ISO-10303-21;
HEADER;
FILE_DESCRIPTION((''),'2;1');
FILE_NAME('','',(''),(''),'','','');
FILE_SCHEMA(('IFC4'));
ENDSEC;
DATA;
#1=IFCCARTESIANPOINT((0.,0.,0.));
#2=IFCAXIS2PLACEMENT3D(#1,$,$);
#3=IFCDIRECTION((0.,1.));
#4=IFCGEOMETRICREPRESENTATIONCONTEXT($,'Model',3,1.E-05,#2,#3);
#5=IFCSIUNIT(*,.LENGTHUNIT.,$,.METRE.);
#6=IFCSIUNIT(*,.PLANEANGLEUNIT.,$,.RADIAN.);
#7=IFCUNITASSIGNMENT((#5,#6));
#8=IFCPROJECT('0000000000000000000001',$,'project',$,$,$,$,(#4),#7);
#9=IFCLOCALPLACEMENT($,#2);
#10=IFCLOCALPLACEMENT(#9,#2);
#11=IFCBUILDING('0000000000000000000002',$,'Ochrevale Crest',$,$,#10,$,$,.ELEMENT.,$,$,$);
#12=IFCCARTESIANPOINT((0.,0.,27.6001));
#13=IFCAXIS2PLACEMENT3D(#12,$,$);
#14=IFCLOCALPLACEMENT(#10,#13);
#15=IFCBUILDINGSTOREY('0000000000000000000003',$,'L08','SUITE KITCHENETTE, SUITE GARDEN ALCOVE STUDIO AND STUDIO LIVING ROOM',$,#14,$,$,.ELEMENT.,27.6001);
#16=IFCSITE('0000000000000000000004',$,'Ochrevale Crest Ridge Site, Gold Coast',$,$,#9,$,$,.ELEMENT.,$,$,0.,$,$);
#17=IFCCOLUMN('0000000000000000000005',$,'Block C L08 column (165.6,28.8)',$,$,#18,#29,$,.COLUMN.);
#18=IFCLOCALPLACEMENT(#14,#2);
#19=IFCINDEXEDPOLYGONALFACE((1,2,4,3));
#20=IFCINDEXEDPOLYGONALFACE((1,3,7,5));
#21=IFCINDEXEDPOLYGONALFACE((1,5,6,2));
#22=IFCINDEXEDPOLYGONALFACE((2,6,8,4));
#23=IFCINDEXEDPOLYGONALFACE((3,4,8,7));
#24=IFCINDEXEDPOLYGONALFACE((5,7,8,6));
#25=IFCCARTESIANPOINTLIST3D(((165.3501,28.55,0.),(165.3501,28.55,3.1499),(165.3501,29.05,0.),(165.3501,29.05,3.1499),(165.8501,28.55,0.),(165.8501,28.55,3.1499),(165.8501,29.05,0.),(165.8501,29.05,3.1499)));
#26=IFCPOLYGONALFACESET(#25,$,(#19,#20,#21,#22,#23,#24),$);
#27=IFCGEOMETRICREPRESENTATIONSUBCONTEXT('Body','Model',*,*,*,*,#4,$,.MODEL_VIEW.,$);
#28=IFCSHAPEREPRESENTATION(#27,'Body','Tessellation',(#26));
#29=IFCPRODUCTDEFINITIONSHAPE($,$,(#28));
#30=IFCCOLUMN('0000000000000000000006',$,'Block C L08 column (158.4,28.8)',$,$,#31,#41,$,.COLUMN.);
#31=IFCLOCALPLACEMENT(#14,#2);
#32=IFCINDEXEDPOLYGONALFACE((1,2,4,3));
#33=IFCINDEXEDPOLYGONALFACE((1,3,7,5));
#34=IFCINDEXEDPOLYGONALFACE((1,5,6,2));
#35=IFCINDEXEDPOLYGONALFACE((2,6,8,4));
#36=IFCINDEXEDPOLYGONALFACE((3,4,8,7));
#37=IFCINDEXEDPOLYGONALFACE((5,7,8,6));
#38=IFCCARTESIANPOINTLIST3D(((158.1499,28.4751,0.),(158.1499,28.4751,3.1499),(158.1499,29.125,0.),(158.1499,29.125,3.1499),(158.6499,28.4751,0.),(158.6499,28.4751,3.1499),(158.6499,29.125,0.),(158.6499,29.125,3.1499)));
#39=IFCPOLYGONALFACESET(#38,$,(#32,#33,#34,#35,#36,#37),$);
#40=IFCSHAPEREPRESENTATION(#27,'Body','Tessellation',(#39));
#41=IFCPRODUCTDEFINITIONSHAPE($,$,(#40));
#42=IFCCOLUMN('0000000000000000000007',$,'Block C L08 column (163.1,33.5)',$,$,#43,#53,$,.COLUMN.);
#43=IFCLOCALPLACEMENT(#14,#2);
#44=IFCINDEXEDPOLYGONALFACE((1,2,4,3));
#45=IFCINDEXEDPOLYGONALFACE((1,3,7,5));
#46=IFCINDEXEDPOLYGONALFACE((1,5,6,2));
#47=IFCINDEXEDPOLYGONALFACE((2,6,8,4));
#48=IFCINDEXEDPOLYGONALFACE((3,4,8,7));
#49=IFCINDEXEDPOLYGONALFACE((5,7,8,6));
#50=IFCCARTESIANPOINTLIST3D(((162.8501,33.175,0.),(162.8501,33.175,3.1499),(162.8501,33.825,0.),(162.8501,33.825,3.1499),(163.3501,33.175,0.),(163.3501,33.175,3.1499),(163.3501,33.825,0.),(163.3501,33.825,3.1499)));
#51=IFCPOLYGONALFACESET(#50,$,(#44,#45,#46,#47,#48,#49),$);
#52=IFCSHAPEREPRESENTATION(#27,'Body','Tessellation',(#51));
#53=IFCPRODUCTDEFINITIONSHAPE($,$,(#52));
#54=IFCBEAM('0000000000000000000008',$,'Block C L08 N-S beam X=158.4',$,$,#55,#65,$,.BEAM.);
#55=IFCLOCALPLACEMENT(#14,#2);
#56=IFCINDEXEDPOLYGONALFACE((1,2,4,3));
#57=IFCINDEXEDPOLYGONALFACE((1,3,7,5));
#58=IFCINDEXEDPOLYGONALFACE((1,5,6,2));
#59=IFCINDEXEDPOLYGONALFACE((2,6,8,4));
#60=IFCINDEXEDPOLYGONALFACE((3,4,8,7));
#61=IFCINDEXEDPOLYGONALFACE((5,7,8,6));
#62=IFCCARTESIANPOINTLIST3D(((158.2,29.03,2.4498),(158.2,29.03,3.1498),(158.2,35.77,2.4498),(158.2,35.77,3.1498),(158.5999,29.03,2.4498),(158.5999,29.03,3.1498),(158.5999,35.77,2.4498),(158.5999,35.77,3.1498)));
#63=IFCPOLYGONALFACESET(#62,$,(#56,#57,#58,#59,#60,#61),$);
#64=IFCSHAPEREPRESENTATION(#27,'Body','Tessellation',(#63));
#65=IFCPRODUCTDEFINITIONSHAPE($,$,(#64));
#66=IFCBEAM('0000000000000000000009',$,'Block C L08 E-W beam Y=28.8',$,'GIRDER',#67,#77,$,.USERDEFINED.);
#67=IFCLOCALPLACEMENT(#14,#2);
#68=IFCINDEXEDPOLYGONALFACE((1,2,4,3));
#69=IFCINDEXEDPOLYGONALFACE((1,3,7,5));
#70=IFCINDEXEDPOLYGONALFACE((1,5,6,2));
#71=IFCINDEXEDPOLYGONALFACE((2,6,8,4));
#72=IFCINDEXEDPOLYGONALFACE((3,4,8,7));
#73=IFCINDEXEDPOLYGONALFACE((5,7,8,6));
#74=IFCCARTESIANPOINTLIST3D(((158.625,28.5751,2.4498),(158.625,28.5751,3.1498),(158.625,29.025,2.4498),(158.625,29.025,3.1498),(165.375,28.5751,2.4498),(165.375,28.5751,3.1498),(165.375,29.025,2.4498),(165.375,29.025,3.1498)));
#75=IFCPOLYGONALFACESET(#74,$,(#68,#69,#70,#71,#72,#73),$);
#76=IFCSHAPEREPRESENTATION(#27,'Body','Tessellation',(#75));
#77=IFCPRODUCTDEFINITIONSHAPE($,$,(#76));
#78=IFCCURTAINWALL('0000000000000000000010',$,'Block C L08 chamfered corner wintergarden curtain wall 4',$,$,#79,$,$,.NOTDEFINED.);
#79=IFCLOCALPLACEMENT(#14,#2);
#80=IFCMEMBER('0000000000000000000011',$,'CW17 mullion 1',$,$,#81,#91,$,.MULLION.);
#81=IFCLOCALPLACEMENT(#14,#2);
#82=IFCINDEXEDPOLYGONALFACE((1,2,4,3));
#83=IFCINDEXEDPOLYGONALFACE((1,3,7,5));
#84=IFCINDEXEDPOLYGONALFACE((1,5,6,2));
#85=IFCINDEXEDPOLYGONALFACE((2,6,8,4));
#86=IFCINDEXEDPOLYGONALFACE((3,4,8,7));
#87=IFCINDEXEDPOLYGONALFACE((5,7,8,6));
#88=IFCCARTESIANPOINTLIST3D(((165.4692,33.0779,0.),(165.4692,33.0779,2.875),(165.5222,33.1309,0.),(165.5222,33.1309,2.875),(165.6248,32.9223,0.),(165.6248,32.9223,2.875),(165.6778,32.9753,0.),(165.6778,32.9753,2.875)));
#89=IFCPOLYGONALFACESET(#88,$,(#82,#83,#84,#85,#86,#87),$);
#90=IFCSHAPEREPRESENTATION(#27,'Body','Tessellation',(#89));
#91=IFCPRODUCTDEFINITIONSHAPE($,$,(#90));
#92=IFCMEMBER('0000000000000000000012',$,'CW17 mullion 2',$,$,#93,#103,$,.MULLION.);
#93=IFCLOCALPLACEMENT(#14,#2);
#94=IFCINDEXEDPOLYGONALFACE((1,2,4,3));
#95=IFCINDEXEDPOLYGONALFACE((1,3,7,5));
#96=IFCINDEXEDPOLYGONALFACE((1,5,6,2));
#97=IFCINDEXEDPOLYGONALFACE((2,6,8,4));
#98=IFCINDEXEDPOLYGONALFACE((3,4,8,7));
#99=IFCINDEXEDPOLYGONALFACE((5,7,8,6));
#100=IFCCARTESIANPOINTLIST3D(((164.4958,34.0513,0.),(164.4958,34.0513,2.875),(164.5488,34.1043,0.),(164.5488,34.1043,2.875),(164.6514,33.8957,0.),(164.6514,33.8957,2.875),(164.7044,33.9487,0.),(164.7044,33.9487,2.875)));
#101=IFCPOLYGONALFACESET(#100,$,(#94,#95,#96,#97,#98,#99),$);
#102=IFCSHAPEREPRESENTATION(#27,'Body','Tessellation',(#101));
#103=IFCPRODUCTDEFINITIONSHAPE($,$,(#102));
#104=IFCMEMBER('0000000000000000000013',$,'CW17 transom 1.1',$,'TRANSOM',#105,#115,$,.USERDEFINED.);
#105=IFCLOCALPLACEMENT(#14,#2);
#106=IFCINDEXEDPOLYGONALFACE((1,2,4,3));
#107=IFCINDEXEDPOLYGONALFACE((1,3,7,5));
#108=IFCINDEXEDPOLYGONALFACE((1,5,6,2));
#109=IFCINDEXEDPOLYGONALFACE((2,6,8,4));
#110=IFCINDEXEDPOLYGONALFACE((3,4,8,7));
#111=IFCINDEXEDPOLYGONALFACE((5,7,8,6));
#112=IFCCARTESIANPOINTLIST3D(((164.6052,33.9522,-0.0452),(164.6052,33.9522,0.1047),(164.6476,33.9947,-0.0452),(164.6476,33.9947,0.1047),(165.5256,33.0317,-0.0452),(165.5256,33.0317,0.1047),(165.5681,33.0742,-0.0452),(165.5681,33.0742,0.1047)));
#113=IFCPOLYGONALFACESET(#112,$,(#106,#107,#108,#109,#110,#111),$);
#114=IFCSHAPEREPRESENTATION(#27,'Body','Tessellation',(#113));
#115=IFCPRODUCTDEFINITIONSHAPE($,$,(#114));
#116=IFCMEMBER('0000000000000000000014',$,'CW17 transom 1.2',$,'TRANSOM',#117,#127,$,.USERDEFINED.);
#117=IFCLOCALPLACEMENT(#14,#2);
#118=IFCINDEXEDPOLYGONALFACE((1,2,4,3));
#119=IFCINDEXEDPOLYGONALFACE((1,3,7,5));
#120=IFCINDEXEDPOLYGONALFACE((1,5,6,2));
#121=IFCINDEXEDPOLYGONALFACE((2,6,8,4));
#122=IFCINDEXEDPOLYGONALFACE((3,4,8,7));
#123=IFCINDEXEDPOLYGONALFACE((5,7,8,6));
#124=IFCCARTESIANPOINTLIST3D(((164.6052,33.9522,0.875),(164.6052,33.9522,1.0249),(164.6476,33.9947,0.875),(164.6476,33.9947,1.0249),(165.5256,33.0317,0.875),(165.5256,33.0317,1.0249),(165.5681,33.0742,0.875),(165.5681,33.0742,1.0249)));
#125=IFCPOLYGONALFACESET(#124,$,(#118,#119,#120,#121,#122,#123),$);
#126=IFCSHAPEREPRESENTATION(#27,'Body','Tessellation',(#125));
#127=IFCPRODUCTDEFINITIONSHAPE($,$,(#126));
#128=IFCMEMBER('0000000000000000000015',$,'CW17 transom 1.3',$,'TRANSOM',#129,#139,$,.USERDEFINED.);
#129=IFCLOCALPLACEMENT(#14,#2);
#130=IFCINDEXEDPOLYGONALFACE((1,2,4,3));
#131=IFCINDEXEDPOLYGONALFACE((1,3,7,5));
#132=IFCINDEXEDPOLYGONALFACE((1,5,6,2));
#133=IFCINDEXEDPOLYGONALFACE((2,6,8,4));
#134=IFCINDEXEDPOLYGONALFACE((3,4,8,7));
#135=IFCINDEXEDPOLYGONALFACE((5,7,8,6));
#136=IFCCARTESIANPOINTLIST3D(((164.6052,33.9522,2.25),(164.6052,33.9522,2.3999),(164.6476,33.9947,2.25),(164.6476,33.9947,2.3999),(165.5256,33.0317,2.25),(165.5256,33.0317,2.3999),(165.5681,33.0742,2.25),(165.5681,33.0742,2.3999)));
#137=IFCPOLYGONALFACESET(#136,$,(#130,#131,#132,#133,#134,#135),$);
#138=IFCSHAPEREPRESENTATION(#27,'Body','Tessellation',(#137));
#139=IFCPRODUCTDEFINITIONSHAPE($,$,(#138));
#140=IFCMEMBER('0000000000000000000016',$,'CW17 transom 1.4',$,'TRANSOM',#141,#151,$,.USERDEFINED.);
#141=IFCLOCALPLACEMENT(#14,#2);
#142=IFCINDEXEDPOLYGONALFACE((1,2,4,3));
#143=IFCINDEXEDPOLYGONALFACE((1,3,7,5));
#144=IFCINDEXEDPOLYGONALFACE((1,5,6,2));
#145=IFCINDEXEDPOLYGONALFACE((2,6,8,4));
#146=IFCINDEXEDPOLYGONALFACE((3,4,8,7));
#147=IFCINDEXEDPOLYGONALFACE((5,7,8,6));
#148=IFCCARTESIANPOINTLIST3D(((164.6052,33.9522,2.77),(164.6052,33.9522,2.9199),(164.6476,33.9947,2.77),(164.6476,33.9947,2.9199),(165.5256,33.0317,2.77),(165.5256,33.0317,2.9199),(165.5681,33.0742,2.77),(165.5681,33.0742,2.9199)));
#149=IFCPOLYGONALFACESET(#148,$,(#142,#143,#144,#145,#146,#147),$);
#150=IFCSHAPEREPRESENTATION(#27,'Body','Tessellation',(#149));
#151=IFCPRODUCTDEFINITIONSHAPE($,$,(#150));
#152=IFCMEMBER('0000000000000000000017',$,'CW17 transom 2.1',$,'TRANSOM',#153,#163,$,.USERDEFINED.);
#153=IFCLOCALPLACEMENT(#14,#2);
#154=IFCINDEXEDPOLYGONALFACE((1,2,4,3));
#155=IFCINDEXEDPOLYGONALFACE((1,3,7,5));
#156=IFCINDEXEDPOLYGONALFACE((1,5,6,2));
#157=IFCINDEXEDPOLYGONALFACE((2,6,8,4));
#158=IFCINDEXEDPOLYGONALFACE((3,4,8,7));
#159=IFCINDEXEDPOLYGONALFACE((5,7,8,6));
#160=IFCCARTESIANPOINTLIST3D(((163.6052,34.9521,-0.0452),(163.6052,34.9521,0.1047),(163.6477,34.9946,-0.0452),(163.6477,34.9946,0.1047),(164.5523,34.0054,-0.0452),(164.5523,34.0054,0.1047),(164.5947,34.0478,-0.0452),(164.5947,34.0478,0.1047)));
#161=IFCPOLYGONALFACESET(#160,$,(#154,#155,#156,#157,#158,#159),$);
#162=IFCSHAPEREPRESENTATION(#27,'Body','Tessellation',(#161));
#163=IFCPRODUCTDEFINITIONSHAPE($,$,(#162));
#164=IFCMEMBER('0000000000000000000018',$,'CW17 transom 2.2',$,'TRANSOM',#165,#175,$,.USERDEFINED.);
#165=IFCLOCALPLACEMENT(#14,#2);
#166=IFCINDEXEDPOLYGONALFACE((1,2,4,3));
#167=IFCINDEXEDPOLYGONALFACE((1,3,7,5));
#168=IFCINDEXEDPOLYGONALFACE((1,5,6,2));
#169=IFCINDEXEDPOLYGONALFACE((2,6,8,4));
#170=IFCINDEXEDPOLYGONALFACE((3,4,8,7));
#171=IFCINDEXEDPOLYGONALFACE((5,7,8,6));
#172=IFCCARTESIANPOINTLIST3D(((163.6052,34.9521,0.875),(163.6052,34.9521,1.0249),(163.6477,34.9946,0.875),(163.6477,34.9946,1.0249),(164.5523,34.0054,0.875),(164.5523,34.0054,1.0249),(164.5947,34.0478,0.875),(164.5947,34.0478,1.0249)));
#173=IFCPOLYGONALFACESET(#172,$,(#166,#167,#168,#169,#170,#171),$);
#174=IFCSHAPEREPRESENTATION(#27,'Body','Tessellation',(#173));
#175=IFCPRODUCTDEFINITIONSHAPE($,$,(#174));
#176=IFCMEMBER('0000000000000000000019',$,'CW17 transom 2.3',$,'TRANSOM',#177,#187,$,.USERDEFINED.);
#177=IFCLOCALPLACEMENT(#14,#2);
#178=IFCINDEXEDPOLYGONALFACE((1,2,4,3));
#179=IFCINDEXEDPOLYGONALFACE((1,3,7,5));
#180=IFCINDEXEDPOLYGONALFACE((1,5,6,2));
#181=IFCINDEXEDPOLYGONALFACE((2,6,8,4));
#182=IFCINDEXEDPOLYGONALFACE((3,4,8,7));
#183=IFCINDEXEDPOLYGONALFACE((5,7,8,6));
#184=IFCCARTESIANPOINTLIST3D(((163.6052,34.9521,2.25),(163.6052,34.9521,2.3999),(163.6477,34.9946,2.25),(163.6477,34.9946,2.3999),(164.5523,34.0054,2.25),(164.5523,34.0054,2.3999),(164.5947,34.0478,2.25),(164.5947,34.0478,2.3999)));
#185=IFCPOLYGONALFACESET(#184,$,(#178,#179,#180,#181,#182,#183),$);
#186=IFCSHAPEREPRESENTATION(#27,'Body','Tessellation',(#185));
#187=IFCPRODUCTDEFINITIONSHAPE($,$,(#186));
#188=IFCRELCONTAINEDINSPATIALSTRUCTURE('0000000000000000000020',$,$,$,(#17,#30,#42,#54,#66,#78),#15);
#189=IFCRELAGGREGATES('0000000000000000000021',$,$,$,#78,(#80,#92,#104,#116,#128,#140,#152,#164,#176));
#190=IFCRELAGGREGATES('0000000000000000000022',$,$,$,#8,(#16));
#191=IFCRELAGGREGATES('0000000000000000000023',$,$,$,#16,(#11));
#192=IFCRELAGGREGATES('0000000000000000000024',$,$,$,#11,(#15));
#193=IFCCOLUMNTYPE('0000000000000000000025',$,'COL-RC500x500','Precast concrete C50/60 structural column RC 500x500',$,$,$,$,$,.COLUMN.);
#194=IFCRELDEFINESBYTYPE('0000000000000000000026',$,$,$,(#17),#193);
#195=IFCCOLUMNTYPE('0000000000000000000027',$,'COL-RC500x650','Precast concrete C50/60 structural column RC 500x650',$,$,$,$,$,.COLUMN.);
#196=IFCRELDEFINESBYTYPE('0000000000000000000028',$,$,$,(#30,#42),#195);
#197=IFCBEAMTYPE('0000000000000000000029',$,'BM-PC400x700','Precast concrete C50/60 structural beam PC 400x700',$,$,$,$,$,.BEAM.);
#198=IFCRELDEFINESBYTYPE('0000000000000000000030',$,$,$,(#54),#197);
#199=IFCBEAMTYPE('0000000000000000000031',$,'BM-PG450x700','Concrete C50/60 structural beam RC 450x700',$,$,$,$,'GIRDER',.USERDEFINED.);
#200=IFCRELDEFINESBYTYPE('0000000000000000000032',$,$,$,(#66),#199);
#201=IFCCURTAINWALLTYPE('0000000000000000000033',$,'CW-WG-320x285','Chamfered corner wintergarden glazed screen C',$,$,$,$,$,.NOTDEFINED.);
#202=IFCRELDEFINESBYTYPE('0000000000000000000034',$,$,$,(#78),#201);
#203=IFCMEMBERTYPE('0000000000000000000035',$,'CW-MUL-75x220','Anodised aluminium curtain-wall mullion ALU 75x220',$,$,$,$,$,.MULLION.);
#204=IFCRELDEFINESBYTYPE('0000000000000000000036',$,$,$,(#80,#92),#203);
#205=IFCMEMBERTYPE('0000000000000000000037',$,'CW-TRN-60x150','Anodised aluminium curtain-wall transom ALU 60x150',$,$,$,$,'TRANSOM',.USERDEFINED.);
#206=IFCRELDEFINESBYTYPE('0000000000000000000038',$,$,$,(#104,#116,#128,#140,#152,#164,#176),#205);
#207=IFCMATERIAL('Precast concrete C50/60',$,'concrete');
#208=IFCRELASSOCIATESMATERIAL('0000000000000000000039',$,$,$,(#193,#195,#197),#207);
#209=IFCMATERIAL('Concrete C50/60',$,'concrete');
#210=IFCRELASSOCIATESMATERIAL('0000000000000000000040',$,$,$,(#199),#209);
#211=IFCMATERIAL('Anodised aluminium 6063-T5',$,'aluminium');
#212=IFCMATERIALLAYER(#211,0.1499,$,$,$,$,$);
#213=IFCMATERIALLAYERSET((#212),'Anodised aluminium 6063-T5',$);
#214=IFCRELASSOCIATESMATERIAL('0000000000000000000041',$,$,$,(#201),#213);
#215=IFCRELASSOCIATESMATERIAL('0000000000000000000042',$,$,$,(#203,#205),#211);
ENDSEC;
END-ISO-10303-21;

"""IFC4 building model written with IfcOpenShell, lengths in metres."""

from ifc_helpers import new_model, si_unit, direction, frame, origin, origin_2d, place, context, subcontext, project, spatial, rectangle, extrude, material, layer, layer_set, material_profile, profile_set, type_object, element, aggregate, save


model = new_model("IFC4")

# Units and contexts
model_context = context("Model", 3, precision=1e-05, world=origin(), true_north=direction((0.0, 1.0)))
body_context = subcontext(model_context, "Body", "Model", "MODEL_VIEW")
ifc_project = project(units=[si_unit("LENGTHUNIT", "METRE"), si_unit("PLANEANGLEUNIT", "RADIAN")], contexts=[model_context])

# Site, building, storey
site_placement = place(None, origin())
site = spatial("IfcSite", under=ifc_project, at=site_placement, Name="Ochrevale Crest Ridge Site, Gold Coast", CompositionType="ELEMENT", RefElevation=0.0)
building_placement = place(site_placement, origin())
building = spatial("IfcBuilding", under=site, at=building_placement, Name="Ochrevale Crest", CompositionType="ELEMENT")
storey_placement = place(building_placement, frame((0.0, 0.0, 27.6001)))
storey = spatial("IfcBuildingStorey", under=building, at=storey_placement, Name="L08", Description="SUITE KITCHENETTE, SUITE GARDEN ALCOVE STUDIO AND STUDIO LIVING ROOM", CompositionType="ELEMENT", Elevation=27.6001)

# Columns
ifc_material_1 = material(Name="Precast concrete C50/60", Category="concrete")
ifc_material_profile_1 = material_profile(ifc_material_1, rectangle(XDim=0.5, YDim=0.5, at=origin_2d()), Name="RC 500x500")
ifc_profile_set_1 = profile_set([ifc_material_profile_1], Name="Precast concrete C50/60")
column_type_1 = type_object("IfcColumnType", Name="COL-RC500x500", Description="Precast concrete C50/60 structural column RC 500x500", PredefinedType="COLUMN", material=ifc_profile_set_1)
column_placement = place(storey_placement, frame((165.6001, 28.8, 0.0), z_axis=(0.0, 0.0, 1.0), x_axis=(1.0, 0.0, 0.0)))
element("IfcColumn", 1, at=column_placement, inside=storey, type_object=column_type_1, Name="Block C L08 column (165.6,28.8)", PredefinedType="COLUMN", context=body_context, shape_type="SweptSolid", body=[
    extrude(rectangle(XDim=0.5, YDim=0.5, at=origin_2d()), origin(), (0.0, 0.0, 1.0), 3.1499),
])
ifc_material_profile_2 = material_profile(ifc_material_1, rectangle(XDim=0.5, YDim=0.6499, at=origin_2d()), Name="RC 500x650")
ifc_profile_set_2 = profile_set([ifc_material_profile_2], Name="Precast concrete C50/60")
column_type_2 = type_object("IfcColumnType", Name="COL-RC500x650", Description="Precast concrete C50/60 structural column RC 500x650", PredefinedType="COLUMN", material=ifc_profile_set_2)
for number, where, z_axis, x_axis, name in (
    (2, (158.3999, 28.8, 0.0), (0.0, 0.0, 1.0), (1.0, 0.0, 0.0), "Block C L08 column (158.4,28.8)"),
    (3, (163.1001, 33.5, 0.0), (0.0, 0.0, 1.0), (1.0, 0.0, 0.0), "Block C L08 column (163.1,33.5)"),
):
    element("IfcColumn", number, at=place(storey_placement, frame(where, z_axis=z_axis, x_axis=x_axis)), inside=storey, type_object=column_type_2, Name=name, PredefinedType="COLUMN", context=body_context, shape_type="SweptSolid", body=[
        extrude(rectangle(XDim=0.5, YDim=0.6499, at=origin_2d()), origin(), (0.0, 0.0, 1.0), 3.1499),
    ])

# Beams
ifc_material_profile_3 = material_profile(ifc_material_1, rectangle(XDim=0.3999, YDim=0.7, at=origin_2d()), Name="PC 400x700")
ifc_profile_set_3 = profile_set([ifc_material_profile_3], Name="Precast concrete C50/60")
beam_type_1 = type_object("IfcBeamType", Name="BM-PC400x700", Description="Precast concrete C50/60 structural beam PC 400x700", PredefinedType="BEAM", material=ifc_profile_set_3)
beam_1_placement = place(storey_placement, frame((158.3999, 29.03, 2.7998), z_axis=(0.0, 1.0, 0.0), x_axis=(-1.0, 0.0, 0.0)))
element("IfcBeam", 4, at=beam_1_placement, inside=storey, type_object=beam_type_1, Name="Block C L08 N-S beam X=158.4", PredefinedType="BEAM", context=body_context, shape_type="SweptSolid", body=[
    extrude(rectangle(XDim=0.3999, YDim=0.7, at=origin_2d()), origin(), (0.0, 0.0, 1.0), 6.74),
])
ifc_material_2 = material(Name="Concrete C50/60", Category="concrete")
ifc_material_profile_4 = material_profile(ifc_material_2, rectangle(XDim=0.45, YDim=0.7, at=origin_2d()), Name="RC 450x700")
ifc_profile_set_4 = profile_set([ifc_material_profile_4], Name="Concrete C50/60")
beam_type_2 = type_object("IfcBeamType", Name="BM-PG450x700", Description="Concrete C50/60 structural beam RC 450x700", ElementType="GIRDER", PredefinedType="USERDEFINED", material=ifc_profile_set_4)
beam_2_placement = place(storey_placement, frame((158.625, 28.8, 2.7998), z_axis=(1.0, 0.0, 0.0), x_axis=(0.0, 1.0, 0.0)))
element("IfcBeam", 5, at=beam_2_placement, inside=storey, type_object=beam_type_2, Name="Block C L08 E-W beam Y=28.8", ObjectType="GIRDER", PredefinedType="USERDEFINED", context=body_context, shape_type="SweptSolid", body=[
    extrude(rectangle(XDim=0.45, YDim=0.7, at=origin_2d()), origin(), (0.0, 0.0, 1.0), 6.75),
])

# Curtain wall, members
ifc_material_3 = material(Name="Anodised aluminium 6063-T5", Category="aluminium")
ifc_layer_1 = layer(ifc_material_3, 0.1499)
ifc_layer_set_1 = layer_set([ifc_layer_1], Name="Anodised aluminium 6063-T5")
curtain_wall_type = type_object("IfcCurtainWallType", Name="CW-WG-320x285", Description="Chamfered corner wintergarden glazed screen C", PredefinedType="NOTDEFINED", material=ifc_layer_set_1)
curtain_wall_placement = place(storey_placement, origin())
curtain_wall = element("IfcCurtainWall", 6, at=curtain_wall_placement, inside=storey, type_object=curtain_wall_type, Name="Block C L08 chamfered corner wintergarden curtain wall 4", PredefinedType="NOTDEFINED")
ifc_material_profile_5 = material_profile(ifc_material_3, rectangle(XDim=0.075, YDim=0.22, at=origin_2d()), Name="ALU 75x220")
ifc_profile_set_5 = profile_set([ifc_material_profile_5], Name="Anodised aluminium 6063-T5")
member_type_1 = type_object("IfcMemberType", Name="CW-MUL-75x220", Description="Anodised aluminium curtain-wall mullion ALU 75x220", PredefinedType="MULLION", material=ifc_profile_set_5)
member_1_placement = place(storey_placement, frame((165.5735, 33.0266, 0.0), z_axis=(0.0, 0.0, 1.0), x_axis=(-0.707107, -0.707107, 0.0)))
member_1 = element("IfcMember", 7, at=member_1_placement, type_object=member_type_1, Name="CW17 mullion 1", PredefinedType="MULLION", context=body_context, shape_type="SweptSolid", body=[
    extrude(rectangle(XDim=0.075, YDim=0.22, at=origin_2d()), origin(), (0.0, 0.0, 1.0), 2.875),
])
member_2_placement = place(storey_placement, frame((164.6001, 34.0, 0.0), z_axis=(0.0, 0.0, 1.0), x_axis=(-0.707107, -0.707107, 0.0)))
member_2 = element("IfcMember", 8, at=member_2_placement, type_object=member_type_1, Name="CW17 mullion 2", PredefinedType="MULLION", context=body_context, shape_type="SweptSolid", body=[
    extrude(rectangle(XDim=0.075, YDim=0.22, at=origin_2d()), origin(), (0.0, 0.0, 1.0), 2.875),
])
ifc_material_profile_6 = material_profile(ifc_material_3, rectangle(XDim=0.0601, YDim=0.1499, at=origin_2d()), Name="ALU 60x150")
ifc_profile_set_6 = profile_set([ifc_material_profile_6], Name="Anodised aluminium 6063-T5")
member_type_2 = type_object("IfcMemberType", Name="CW-TRN-60x150", Description="Anodised aluminium curtain-wall transom ALU 60x150", ElementType="TRANSOM", PredefinedType="USERDEFINED", material=ifc_profile_set_6)
member_3_placement = place(storey_placement, frame((165.5469, 33.053, 0.0298), z_axis=(-0.707107, 0.707107, 0.0), x_axis=(-0.707107, -0.707107, 0.0)))
member_3 = element("IfcMember", 9, at=member_3_placement, type_object=member_type_2, Name="CW17 transom 1.1", ObjectType="TRANSOM", PredefinedType="USERDEFINED", context=body_context, shape_type="SweptSolid", body=[
    extrude(rectangle(XDim=0.0601, YDim=0.1499, at=origin_2d()), origin(), (0.0, 0.0, 1.0), 1.3018),
])
member_4_placement = place(storey_placement, frame((165.5469, 33.053, 0.95), z_axis=(-0.707107, 0.707107, 0.0), x_axis=(-0.707107, -0.707107, 0.0)))
member_4 = element("IfcMember", 10, at=member_4_placement, type_object=member_type_2, Name="CW17 transom 1.2", ObjectType="TRANSOM", PredefinedType="USERDEFINED", context=body_context, shape_type="SweptSolid", body=[
    extrude(rectangle(XDim=0.0601, YDim=0.1499, at=origin_2d()), origin(), (0.0, 0.0, 1.0), 1.3018),
])
member_5_placement = place(storey_placement, frame((165.5469, 33.053, 2.325), z_axis=(-0.707107, 0.707107, 0.0), x_axis=(-0.707107, -0.707107, 0.0)))
member_5 = element("IfcMember", 11, at=member_5_placement, type_object=member_type_2, Name="CW17 transom 1.3", ObjectType="TRANSOM", PredefinedType="USERDEFINED", context=body_context, shape_type="SweptSolid", body=[
    extrude(rectangle(XDim=0.0601, YDim=0.1499, at=origin_2d()), origin(), (0.0, 0.0, 1.0), 1.3018),
])
member_6_placement = place(storey_placement, frame((165.5469, 33.053, 2.845), z_axis=(-0.707107, 0.707107, 0.0), x_axis=(-0.707107, -0.707107, 0.0)))
member_6 = element("IfcMember", 12, at=member_6_placement, type_object=member_type_2, Name="CW17 transom 1.4", ObjectType="TRANSOM", PredefinedType="USERDEFINED", context=body_context, shape_type="SweptSolid", body=[
    extrude(rectangle(XDim=0.0601, YDim=0.1499, at=origin_2d()), origin(), (0.0, 0.0, 1.0), 1.3018),
])
member_7_placement = place(storey_placement, frame((164.5735, 34.0266, 0.0298), z_axis=(-0.707198, 0.707016, 0.0), x_axis=(-0.707016, -0.707198, 0.0)))
member_7 = element("IfcMember", 13, at=member_7_placement, type_object=member_type_2, Name="CW17 transom 2.1", ObjectType="TRANSOM", PredefinedType="USERDEFINED", context=body_context, shape_type="SweptSolid", body=[
    extrude(rectangle(XDim=0.0601, YDim=0.1499, at=origin_2d()), origin(), (0.0, 0.0, 1.0), 1.3391),
])
member_8_placement = place(storey_placement, frame((164.5735, 34.0266, 0.95), z_axis=(-0.707198, 0.707016, 0.0), x_axis=(-0.707016, -0.707198, 0.0)))
member_8 = element("IfcMember", 14, at=member_8_placement, type_object=member_type_2, Name="CW17 transom 2.2", ObjectType="TRANSOM", PredefinedType="USERDEFINED", context=body_context, shape_type="SweptSolid", body=[
    extrude(rectangle(XDim=0.0601, YDim=0.1499, at=origin_2d()), origin(), (0.0, 0.0, 1.0), 1.3391),
])
member_9_placement = place(storey_placement, frame((164.5735, 34.0266, 2.325), z_axis=(-0.707198, 0.707016, 0.0), x_axis=(-0.707016, -0.707198, 0.0)))
member_9 = element("IfcMember", 15, at=member_9_placement, type_object=member_type_2, Name="CW17 transom 2.3", ObjectType="TRANSOM", PredefinedType="USERDEFINED", context=body_context, shape_type="SweptSolid", body=[
    extrude(rectangle(XDim=0.0601, YDim=0.1499, at=origin_2d()), origin(), (0.0, 0.0, 1.0), 1.3391),
])
aggregate(curtain_wall, [member_1, member_2, member_3, member_4, member_5, member_6, member_7, member_8, member_9])

save(model, "model.ifc")
